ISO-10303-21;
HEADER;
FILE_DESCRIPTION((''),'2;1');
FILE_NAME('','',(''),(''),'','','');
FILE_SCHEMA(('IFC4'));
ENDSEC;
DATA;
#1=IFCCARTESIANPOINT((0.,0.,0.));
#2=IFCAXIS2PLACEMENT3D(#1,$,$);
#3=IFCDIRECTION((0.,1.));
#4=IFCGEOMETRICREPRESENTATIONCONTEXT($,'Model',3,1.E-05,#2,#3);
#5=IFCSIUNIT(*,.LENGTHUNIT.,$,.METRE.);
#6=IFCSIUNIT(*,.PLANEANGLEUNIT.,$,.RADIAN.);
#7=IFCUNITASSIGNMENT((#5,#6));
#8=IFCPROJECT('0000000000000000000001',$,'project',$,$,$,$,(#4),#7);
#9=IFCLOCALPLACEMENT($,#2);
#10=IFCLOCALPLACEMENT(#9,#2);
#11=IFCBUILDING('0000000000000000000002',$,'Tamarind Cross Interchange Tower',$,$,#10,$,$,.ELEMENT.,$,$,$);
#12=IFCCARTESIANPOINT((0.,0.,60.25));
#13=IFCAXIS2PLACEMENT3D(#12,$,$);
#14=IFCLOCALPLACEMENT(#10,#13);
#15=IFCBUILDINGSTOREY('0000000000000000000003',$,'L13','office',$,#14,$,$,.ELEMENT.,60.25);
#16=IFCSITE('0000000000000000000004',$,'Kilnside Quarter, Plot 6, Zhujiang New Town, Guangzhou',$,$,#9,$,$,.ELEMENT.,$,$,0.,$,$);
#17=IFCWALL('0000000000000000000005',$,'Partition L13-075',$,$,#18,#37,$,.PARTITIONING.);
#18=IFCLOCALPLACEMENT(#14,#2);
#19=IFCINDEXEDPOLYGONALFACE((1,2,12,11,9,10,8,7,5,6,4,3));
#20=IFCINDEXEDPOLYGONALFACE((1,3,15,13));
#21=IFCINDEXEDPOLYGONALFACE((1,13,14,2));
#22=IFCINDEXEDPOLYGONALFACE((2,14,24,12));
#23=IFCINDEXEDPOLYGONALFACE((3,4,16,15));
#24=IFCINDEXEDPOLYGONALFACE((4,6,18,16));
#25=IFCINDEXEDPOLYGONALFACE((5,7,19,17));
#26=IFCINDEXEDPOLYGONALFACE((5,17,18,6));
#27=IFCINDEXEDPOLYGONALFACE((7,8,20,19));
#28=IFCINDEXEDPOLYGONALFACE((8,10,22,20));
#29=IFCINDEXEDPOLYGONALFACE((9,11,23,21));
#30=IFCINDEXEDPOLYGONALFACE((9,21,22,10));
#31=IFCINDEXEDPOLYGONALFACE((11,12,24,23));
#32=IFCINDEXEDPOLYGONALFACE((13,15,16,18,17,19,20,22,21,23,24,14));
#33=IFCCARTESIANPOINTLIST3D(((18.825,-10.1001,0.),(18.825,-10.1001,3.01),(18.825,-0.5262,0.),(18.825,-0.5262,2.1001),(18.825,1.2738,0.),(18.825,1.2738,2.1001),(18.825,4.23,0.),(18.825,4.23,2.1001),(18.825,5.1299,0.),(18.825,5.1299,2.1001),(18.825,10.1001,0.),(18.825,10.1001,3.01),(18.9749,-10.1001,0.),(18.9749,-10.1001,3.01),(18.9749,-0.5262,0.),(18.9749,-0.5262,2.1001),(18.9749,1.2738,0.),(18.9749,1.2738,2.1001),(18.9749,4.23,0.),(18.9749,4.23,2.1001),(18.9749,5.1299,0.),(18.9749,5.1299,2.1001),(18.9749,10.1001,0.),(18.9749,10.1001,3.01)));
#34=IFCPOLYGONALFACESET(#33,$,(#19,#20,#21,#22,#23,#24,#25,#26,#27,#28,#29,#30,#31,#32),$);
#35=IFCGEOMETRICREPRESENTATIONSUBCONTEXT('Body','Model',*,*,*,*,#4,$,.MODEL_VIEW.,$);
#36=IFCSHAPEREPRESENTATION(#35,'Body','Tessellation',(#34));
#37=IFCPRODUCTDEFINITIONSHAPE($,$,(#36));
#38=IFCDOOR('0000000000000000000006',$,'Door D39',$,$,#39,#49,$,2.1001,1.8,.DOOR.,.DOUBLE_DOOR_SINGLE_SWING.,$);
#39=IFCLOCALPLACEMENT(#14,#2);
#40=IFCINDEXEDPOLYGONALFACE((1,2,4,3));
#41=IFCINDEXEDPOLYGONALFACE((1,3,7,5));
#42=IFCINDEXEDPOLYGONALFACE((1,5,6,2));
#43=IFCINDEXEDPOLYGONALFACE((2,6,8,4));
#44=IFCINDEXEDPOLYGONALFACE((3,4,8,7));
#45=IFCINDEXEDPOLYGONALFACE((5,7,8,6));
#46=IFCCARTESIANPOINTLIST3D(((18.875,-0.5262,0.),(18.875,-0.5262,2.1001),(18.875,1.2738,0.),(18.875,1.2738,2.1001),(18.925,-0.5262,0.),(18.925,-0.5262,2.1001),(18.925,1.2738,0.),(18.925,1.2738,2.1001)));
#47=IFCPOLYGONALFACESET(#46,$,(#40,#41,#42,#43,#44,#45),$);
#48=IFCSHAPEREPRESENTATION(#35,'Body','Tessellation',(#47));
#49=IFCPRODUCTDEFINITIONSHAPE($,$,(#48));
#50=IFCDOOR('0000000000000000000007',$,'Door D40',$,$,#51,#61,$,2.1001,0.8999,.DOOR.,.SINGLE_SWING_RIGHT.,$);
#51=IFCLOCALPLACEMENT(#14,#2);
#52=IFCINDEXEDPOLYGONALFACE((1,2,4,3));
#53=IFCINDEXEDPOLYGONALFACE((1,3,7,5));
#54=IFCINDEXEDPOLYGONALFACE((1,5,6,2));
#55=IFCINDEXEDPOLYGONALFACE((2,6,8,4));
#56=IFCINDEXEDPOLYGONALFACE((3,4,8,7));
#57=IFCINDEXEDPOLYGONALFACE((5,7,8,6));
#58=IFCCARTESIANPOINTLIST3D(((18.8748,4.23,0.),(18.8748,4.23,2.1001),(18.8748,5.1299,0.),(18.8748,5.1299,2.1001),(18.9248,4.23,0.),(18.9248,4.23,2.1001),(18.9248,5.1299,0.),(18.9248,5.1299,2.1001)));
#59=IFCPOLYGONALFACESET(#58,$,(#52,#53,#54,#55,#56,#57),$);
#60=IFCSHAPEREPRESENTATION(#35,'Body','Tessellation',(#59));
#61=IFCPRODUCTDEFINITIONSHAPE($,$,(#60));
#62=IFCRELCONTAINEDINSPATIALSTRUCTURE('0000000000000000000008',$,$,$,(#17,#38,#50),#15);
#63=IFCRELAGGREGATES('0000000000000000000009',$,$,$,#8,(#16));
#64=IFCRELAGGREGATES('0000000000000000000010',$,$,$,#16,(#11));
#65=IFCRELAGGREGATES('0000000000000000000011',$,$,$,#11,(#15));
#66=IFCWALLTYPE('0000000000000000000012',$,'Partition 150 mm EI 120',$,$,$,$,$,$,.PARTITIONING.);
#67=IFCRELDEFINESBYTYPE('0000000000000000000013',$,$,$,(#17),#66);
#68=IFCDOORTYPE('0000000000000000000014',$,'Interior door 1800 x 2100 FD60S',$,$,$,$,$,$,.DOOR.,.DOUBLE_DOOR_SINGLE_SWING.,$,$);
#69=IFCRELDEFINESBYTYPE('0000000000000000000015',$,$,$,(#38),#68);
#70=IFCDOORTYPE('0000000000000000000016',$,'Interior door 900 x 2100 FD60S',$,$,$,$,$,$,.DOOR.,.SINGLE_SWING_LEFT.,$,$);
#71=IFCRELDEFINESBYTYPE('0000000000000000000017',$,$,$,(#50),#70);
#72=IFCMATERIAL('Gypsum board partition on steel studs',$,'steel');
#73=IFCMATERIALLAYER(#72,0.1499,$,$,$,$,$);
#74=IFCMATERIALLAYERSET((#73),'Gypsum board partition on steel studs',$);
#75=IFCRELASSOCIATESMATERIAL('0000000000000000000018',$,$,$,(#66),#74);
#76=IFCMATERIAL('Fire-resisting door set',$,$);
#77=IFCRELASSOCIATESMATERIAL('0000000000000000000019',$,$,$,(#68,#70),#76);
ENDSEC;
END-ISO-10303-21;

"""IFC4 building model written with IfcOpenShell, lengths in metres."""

from ifc_helpers import new_model, si_unit, direction, frame, frame_2d, origin, place, context, subcontext, project, spatial, rectangle, extrude, material, layer, layer_set, type_object, element, fill, save


model = new_model("IFC4")

# Units and contexts
model_context = context("Model", 3, precision=1e-05, world=origin(), true_north=direction((0.0, 1.0)))
body_context = subcontext(model_context, "Body", "Model", "MODEL_VIEW")
ifc_project = project(units=[si_unit("LENGTHUNIT", "METRE"), si_unit("PLANEANGLEUNIT", "RADIAN")], contexts=[model_context])

# Site, building, storey
site_placement = place(None, origin())
site = spatial("IfcSite", under=ifc_project, at=site_placement, Name="Kilnside Quarter, Plot 6, Zhujiang New Town, Guangzhou", CompositionType="ELEMENT", RefElevation=0.0)
building_placement = place(site_placement, origin())
building = spatial("IfcBuilding", under=site, at=building_placement, Name="Tamarind Cross Interchange Tower", CompositionType="ELEMENT")
storey_placement = place(building_placement, frame((0.0, 0.0, 60.25)))
storey = spatial("IfcBuildingStorey", under=building, at=storey_placement, Name="L13", Description="office", CompositionType="ELEMENT", Elevation=60.25)

# Shared definitions
ifc_material_1 = material(Name="Gypsum board partition on steel studs", Category="steel")
ifc_layer_1 = layer(ifc_material_1, 0.1499)
ifc_layer_set_1 = layer_set([ifc_layer_1], Name="Gypsum board partition on steel studs")
wall_type_1 = type_object("IfcWallType", Name="Partition 150 mm EI 120", PredefinedType="PARTITIONING", material=ifc_layer_set_1)

# Wall, openings, doors
wall_1_placement = place(storey_placement, frame((18.8999, -10.1001, 0.0), z_axis=(0.0, 0.0, 1.0), x_axis=(0.0, 1.0, 0.0)))
wall_1 = element("IfcWall", 1, at=wall_1_placement, inside=storey, type_object=wall_type_1, Name="Partition L13-075", PredefinedType="PARTITIONING", context=body_context, shape_type="SweptSolid", body=[
    extrude(rectangle(XDim=20.2002, YDim=0.1499, at=frame_2d((10.1001, 0.0))), origin(), (0.0, 0.0, 1.0), 3.01),
])
opening_1_placement = place(wall_1_placement, frame((9.574, 0.0, 0.0)))
opening_1 = element("IfcOpeningElement", 2, at=opening_1_placement, cuts=wall_1, PredefinedType="OPENING", context=body_context, shape_type="SweptSolid", body=[
    extrude(rectangle(XDim=1.8, YDim=2.1001, at=frame_2d((0.8999, 1.05))), frame((0.0, 0.085, 0.0), z_axis=(0.0, -1.0, 0.0), x_axis=(1.0, 0.0, 0.0)), (0.0, 0.0, 1.0), 0.1699),
])
opening_2_placement = place(wall_1_placement, frame((14.3301, 0.0, 0.0)))
opening_2 = element("IfcOpeningElement", 3, at=opening_2_placement, cuts=wall_1, PredefinedType="OPENING", context=body_context, shape_type="SweptSolid", body=[
    extrude(rectangle(XDim=0.8999, YDim=2.1001, at=frame_2d((0.45, 1.05))), frame((0.0, 0.085, 0.0), z_axis=(0.0, -1.0, 0.0), x_axis=(1.0, 0.0, 0.0)), (0.0, 0.0, 1.0), 0.1699),
])
ifc_material_2 = material(Name="Fire-resisting door set")
door_type_1 = type_object("IfcDoorType", Name="Interior door 1800 x 2100 FD60S", OperationType="DOUBLE_DOOR_SINGLE_SWING", PredefinedType="DOOR", material=ifc_material_2)
door_1_placement = place(opening_1_placement, origin())
door_1 = element("IfcDoor", 4, at=door_1_placement, inside=storey, type_object=door_type_1, Name="Door D39", OperationType="DOUBLE_DOOR_SINGLE_SWING", OverallHeight=2.1001, OverallWidth=1.8, PredefinedType="DOOR", context=body_context, shape_type="SweptSolid", body=[
    extrude(rectangle(XDim=1.8, YDim=2.1001, at=frame_2d((0.8999, 1.05))), frame((0.0, 0.0249, 0.0), z_axis=(0.0, -1.0, 0.0), x_axis=(1.0, 0.0, 0.0)), (0.0, 0.0, 1.0), 0.05),
])
fill(opening_1, door_1)
door_type_2 = type_object("IfcDoorType", Name="Interior door 900 x 2100 FD60S", OperationType="SINGLE_SWING_LEFT", PredefinedType="DOOR", material=ifc_material_2)
door_2_placement = place(opening_2_placement, frame((0.8999, 0.0, 0.0), z_axis=(0.0, 0.0, 1.0), x_axis=(-1.0, 0.0, 0.0)))
door_2 = element("IfcDoor", 5, at=door_2_placement, inside=storey, type_object=door_type_2, Name="Door D40", OperationType="SINGLE_SWING_RIGHT", OverallHeight=2.1001, OverallWidth=0.8999, PredefinedType="DOOR", context=body_context, shape_type="SweptSolid", body=[
    extrude(rectangle(XDim=0.8999, YDim=2.1001, at=frame_2d((0.45, 1.05))), frame((0.0, 0.0249, 0.0), z_axis=(0.0, -1.0, 0.0), x_axis=(1.0, 0.0, 0.0)), (0.0, 0.0, 1.0), 0.05),
])
fill(opening_2, door_2)

save(model, "model.ifc")
